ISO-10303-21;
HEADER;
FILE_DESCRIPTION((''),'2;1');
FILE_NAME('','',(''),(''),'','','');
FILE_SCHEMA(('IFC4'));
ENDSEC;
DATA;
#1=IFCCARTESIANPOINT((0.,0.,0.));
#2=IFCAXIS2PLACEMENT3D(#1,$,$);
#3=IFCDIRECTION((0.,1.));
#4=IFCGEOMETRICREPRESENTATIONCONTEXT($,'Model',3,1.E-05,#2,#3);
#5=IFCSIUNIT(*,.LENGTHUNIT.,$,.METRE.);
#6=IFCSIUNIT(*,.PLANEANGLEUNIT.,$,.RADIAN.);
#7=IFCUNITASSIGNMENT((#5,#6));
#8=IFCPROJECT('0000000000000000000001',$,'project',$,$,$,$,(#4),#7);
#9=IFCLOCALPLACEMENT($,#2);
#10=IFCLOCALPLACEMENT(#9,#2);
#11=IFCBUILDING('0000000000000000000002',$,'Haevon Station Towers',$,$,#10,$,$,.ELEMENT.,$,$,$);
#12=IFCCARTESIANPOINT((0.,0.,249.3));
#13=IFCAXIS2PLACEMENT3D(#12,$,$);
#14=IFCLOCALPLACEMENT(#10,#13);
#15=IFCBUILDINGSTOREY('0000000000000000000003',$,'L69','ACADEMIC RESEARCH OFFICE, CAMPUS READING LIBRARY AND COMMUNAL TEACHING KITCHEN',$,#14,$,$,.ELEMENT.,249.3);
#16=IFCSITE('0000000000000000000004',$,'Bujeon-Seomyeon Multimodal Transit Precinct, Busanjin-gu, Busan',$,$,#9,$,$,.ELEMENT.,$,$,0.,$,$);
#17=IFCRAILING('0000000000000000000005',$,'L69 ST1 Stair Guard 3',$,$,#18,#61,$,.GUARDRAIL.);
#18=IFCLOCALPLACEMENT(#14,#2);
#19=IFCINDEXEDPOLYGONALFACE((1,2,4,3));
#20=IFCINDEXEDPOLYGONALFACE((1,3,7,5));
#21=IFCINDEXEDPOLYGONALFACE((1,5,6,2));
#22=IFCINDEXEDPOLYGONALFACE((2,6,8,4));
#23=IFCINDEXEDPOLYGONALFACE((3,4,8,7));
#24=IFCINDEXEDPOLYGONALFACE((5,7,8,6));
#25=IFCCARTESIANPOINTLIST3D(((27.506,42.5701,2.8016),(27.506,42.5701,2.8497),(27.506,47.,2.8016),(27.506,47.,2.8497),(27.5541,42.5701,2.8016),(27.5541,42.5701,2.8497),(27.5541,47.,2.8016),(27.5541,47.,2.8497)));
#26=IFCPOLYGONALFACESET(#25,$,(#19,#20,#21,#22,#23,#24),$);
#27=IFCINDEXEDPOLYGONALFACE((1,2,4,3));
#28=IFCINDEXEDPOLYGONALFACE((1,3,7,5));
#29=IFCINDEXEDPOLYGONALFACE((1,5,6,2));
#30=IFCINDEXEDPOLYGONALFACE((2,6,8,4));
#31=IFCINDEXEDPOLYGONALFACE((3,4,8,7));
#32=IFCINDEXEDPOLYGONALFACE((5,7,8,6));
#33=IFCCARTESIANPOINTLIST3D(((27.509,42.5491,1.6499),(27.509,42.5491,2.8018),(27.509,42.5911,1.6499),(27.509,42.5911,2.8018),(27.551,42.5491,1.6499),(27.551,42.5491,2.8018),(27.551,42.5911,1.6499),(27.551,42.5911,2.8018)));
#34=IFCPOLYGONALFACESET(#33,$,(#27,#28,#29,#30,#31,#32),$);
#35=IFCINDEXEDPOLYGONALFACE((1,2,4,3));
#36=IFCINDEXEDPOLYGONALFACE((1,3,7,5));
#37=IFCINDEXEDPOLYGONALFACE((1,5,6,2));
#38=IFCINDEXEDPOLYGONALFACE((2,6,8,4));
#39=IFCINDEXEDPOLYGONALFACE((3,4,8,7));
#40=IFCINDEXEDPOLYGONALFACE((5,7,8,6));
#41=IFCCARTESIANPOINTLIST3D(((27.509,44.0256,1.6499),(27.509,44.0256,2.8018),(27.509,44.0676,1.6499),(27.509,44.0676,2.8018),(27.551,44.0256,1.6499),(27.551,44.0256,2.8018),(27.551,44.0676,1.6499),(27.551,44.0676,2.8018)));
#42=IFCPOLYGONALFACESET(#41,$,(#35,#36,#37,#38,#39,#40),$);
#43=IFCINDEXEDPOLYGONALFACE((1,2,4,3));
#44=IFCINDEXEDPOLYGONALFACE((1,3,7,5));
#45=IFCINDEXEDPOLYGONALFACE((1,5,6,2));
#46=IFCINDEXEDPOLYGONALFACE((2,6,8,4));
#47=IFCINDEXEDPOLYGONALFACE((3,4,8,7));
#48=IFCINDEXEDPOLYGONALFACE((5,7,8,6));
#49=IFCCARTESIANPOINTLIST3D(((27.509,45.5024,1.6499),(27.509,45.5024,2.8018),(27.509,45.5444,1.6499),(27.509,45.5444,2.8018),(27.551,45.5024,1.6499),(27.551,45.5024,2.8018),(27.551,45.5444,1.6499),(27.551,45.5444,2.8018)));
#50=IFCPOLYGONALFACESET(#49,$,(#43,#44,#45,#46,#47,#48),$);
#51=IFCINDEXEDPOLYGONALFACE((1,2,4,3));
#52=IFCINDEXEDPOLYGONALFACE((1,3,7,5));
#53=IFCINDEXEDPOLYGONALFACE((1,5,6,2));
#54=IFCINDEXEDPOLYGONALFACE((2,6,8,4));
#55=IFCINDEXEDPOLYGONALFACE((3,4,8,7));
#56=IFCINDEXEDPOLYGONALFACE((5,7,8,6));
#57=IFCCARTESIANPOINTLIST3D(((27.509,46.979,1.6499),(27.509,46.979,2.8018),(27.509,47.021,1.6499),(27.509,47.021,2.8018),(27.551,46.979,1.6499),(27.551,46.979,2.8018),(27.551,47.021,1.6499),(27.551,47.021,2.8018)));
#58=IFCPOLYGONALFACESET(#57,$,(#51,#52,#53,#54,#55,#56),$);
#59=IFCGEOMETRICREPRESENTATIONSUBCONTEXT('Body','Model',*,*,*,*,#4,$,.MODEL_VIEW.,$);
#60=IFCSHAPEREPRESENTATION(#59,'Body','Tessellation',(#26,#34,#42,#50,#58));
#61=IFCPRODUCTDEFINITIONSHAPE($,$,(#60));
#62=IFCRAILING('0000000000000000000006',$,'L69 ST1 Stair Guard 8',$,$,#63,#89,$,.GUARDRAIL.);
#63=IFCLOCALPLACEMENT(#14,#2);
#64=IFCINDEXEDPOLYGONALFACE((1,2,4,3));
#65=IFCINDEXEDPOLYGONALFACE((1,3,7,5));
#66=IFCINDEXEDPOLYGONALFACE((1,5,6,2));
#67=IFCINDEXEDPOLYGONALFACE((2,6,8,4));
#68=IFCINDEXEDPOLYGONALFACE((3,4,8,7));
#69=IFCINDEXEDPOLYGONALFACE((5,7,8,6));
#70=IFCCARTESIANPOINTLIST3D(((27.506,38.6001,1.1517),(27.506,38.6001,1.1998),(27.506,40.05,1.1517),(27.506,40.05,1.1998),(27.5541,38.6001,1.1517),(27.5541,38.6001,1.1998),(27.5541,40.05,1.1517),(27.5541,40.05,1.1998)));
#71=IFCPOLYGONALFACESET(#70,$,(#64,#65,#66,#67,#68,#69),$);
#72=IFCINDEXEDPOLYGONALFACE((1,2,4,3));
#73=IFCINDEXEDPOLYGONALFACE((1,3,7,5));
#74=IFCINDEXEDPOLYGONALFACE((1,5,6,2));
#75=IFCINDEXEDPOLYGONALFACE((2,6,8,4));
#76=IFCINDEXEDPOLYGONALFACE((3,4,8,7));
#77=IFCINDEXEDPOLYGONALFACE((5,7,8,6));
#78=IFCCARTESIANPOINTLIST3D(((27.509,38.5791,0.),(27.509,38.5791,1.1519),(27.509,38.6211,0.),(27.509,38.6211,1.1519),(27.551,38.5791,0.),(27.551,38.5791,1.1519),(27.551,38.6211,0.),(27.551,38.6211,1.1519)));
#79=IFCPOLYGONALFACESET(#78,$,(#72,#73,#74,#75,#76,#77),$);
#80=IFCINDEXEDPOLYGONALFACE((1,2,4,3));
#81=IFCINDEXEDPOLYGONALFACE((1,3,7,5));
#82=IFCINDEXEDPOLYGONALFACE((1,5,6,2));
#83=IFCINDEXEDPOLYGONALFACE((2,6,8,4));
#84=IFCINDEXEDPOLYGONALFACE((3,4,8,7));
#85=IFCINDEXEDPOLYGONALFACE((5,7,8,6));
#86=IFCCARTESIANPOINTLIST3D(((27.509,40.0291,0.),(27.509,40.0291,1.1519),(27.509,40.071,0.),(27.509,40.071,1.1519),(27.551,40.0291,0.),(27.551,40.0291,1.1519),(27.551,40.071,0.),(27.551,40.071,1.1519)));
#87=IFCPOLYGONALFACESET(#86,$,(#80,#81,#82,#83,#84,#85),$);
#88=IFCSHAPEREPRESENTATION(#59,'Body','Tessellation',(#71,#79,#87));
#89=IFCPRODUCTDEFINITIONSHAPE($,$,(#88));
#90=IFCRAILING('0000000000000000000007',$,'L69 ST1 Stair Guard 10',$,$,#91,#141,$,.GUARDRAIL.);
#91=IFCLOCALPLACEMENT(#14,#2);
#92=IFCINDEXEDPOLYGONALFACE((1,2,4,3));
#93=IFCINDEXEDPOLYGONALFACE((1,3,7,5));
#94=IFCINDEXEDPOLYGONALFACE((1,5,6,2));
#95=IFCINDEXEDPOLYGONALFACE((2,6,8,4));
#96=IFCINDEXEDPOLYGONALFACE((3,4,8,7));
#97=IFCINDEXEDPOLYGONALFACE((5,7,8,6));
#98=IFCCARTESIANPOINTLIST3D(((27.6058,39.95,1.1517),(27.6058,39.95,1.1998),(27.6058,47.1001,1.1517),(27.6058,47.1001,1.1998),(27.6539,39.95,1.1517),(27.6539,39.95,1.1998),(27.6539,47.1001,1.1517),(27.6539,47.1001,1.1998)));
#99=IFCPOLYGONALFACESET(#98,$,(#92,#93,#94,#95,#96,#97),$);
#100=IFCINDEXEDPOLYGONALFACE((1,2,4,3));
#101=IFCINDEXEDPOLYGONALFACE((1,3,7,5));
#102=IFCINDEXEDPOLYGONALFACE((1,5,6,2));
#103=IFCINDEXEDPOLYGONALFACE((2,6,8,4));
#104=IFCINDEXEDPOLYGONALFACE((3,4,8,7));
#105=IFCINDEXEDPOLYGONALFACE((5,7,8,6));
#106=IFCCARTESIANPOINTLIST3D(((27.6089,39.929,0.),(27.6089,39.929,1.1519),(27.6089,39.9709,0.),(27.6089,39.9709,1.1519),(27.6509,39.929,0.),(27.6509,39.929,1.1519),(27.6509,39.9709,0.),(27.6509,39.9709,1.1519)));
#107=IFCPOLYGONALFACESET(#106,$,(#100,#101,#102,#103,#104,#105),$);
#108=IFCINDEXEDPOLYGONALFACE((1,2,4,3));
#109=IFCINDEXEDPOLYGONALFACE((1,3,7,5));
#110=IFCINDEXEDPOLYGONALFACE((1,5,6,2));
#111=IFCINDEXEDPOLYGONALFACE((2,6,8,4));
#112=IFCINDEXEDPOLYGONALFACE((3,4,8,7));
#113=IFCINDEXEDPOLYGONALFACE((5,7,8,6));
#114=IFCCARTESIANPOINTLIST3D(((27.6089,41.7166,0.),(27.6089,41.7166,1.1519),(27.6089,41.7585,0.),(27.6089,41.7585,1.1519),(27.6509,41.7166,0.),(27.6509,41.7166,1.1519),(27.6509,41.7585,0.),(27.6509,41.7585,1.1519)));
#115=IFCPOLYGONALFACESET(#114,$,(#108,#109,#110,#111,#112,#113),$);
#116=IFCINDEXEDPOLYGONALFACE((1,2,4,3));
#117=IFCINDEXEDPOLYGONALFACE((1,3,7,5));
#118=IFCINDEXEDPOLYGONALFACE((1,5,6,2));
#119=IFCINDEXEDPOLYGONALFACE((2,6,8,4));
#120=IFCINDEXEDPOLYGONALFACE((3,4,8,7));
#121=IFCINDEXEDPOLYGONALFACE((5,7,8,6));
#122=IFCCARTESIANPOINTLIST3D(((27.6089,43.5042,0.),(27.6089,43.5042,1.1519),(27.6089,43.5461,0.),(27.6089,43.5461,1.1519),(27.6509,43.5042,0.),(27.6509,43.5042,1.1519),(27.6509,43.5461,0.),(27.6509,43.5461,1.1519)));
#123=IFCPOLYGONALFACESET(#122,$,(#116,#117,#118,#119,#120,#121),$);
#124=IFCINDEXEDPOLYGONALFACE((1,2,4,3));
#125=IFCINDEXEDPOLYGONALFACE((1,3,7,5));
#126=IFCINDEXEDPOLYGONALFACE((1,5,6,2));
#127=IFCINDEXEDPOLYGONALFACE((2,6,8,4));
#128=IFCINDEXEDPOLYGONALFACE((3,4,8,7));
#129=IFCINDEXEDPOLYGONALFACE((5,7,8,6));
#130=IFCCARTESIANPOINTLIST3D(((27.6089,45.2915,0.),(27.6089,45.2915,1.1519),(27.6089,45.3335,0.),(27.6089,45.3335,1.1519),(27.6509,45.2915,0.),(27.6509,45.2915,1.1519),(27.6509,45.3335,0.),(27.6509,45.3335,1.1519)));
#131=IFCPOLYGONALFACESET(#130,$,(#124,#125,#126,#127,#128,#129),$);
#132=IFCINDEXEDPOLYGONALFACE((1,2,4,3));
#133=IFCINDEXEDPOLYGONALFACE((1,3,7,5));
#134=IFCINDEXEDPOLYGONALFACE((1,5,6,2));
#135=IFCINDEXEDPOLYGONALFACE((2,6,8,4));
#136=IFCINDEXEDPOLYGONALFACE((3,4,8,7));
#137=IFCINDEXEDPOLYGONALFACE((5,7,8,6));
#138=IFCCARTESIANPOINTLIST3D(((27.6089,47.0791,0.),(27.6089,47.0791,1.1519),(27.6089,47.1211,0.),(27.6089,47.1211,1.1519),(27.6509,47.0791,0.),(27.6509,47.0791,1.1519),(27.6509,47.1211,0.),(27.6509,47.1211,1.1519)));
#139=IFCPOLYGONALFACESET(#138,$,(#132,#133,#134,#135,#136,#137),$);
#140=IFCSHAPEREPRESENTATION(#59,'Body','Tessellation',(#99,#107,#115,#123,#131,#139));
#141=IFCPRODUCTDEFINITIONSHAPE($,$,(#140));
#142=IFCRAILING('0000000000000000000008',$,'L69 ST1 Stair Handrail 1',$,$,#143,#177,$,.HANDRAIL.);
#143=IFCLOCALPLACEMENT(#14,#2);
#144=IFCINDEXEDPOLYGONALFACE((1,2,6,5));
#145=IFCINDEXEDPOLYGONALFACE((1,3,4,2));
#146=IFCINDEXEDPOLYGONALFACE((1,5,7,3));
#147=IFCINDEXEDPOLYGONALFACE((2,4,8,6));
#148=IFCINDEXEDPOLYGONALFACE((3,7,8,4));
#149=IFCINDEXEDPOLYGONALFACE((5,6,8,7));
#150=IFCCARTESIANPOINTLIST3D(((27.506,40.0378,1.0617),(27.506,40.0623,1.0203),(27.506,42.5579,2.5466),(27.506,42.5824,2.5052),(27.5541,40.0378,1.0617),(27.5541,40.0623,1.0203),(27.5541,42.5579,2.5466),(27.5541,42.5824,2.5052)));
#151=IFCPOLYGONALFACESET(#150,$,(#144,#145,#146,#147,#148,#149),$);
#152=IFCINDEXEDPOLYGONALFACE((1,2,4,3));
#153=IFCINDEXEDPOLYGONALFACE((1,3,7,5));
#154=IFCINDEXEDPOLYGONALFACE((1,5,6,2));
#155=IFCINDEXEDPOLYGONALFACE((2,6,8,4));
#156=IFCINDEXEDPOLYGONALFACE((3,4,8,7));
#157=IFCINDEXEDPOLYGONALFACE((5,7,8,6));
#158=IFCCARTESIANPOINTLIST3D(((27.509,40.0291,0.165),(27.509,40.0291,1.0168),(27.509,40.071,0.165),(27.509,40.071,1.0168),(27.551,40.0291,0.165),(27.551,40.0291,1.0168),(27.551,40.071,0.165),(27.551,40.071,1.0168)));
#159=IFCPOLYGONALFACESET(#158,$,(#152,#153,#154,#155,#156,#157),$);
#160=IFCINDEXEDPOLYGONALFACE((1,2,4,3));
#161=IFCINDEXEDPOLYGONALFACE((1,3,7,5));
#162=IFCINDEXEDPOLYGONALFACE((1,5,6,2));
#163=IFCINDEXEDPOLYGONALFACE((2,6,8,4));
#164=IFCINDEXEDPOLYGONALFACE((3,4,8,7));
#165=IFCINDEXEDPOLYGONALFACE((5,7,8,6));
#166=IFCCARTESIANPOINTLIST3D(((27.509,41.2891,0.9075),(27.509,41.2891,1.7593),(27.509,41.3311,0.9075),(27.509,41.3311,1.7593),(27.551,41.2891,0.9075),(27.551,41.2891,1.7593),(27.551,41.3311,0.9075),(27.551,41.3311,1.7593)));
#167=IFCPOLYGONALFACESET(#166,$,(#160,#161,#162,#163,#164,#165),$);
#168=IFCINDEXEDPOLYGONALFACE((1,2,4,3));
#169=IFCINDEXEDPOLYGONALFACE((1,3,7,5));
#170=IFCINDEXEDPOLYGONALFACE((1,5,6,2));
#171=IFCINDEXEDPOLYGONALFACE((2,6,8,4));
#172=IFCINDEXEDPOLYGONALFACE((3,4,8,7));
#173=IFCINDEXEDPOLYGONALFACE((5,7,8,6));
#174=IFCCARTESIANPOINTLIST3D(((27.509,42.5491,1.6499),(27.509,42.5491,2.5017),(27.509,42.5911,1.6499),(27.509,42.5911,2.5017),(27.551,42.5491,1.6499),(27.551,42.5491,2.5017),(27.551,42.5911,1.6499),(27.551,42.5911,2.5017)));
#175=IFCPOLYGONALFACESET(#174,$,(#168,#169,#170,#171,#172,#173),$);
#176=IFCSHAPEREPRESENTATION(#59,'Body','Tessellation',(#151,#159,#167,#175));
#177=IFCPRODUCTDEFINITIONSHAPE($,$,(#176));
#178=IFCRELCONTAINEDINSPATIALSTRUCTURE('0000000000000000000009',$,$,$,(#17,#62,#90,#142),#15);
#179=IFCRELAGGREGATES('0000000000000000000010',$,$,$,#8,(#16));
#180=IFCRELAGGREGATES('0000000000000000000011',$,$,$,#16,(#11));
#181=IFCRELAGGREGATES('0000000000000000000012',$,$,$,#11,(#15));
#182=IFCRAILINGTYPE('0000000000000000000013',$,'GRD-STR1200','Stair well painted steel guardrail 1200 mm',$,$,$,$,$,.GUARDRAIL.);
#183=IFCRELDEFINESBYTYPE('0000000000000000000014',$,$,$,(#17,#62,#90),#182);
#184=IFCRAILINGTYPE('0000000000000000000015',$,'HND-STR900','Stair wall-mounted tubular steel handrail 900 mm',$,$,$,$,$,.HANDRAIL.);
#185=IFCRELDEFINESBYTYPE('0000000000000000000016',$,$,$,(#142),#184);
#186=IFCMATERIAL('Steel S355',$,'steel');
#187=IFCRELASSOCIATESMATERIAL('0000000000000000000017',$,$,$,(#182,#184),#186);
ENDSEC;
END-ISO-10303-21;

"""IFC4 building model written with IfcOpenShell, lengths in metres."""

from ifc_helpers import new_model, si_unit, direction, frame, origin, origin_2d, place, context, subcontext, project, spatial, rectangle, extrude, material, type_object, element, save


model = new_model("IFC4")

# Units and contexts
model_context = context("Model", 3, precision=1e-05, world=origin(), true_north=direction((0.0, 1.0)))
body_context = subcontext(model_context, "Body", "Model", "MODEL_VIEW")
ifc_project = project(units=[si_unit("LENGTHUNIT", "METRE"), si_unit("PLANEANGLEUNIT", "RADIAN")], contexts=[model_context])

# Site, building, storey
site_placement = place(None, origin())
site = spatial("IfcSite", under=ifc_project, at=site_placement, Name="Bujeon-Seomyeon Multimodal Transit Precinct, Busanjin-gu, Busan", CompositionType="ELEMENT", RefElevation=0.0)
building_placement = place(site_placement, origin())
building = spatial("IfcBuilding", under=site, at=building_placement, Name="Haevon Station Towers", CompositionType="ELEMENT")
storey_placement = place(building_placement, frame((0.0, 0.0, 249.3)))
storey = spatial("IfcBuildingStorey", under=building, at=storey_placement, Name="L69", Description="ACADEMIC RESEARCH OFFICE, CAMPUS READING LIBRARY AND COMMUNAL TEACHING KITCHEN", CompositionType="ELEMENT", Elevation=249.3)

# Shared definitions
ifc_material_1 = material(Name="Steel S355", Category="steel")

# Railings
railing_type_1 = type_object("IfcRailingType", Name="GRD-STR1200", Description="Stair well painted steel guardrail 1200 mm", PredefinedType="GUARDRAIL", material=ifc_material_1)
railing_1_placement = place(storey_placement, frame((27.53, 42.5701, 1.6499)))
element("IfcRailing", 1, at=railing_1_placement, inside=storey, type_object=railing_type_1, Name="L69 ST1 Stair Guard 3", PredefinedType="GUARDRAIL", context=body_context, shape_type="SweptSolid", body=[
    extrude(rectangle(XDim=0.0481, YDim=0.0481, at=origin_2d()), frame((0.0, 0.0, 1.1758), z_axis=(0.0, 1.0, 0.0), x_axis=(-1.0, 0.0, 0.0)), (0.0, 0.0, 1.0), 4.4299),
    extrude(rectangle(XDim=0.042, YDim=0.042, at=origin_2d()), origin(), (0.0, 0.0, 1.0), 1.1519),
    extrude(rectangle(XDim=0.042, YDim=0.042, at=origin_2d()), frame((0.0, 1.4766, 0.0)), (0.0, 0.0, 1.0), 1.1519),
    extrude(rectangle(XDim=0.042, YDim=0.042, at=origin_2d()), frame((0.0, 2.9534, 0.0)), (0.0, 0.0, 1.0), 1.1519),
    extrude(rectangle(XDim=0.042, YDim=0.042, at=origin_2d()), frame((0.0, 4.4299, 0.0)), (0.0, 0.0, 1.0), 1.1519),
])
railing_2_placement = place(storey_placement, frame((27.53, 38.6001, 0.0)))
element("IfcRailing", 2, at=railing_2_placement, inside=storey, type_object=railing_type_1, Name="L69 ST1 Stair Guard 8", PredefinedType="GUARDRAIL", context=body_context, shape_type="SweptSolid", body=[
    extrude(rectangle(XDim=0.0481, YDim=0.0481, at=origin_2d()), frame((0.0, 0.0, 1.1758), z_axis=(0.0, 1.0, 0.0), x_axis=(-1.0, 0.0, 0.0)), (0.0, 0.0, 1.0), 1.45),
    extrude(rectangle(XDim=0.042, YDim=0.042, at=origin_2d()), origin(), (0.0, 0.0, 1.0), 1.1519),
    extrude(rectangle(XDim=0.042, YDim=0.042, at=origin_2d()), frame((0.0, 1.45, 0.0)), (0.0, 0.0, 1.0), 1.1519),
])
railing_3_placement = place(storey_placement, frame((27.6299, 39.95, 0.0)))
element("IfcRailing", 3, at=railing_3_placement, inside=storey, type_object=railing_type_1, Name="L69 ST1 Stair Guard 10", PredefinedType="GUARDRAIL", context=body_context, shape_type="SweptSolid", body=[
    extrude(rectangle(XDim=0.0481, YDim=0.0481, at=origin_2d()), frame((0.0, 0.0, 1.1758), z_axis=(0.0, 1.0, 0.0), x_axis=(-1.0, 0.0, 0.0)), (0.0, 0.0, 1.0), 7.1501),
    extrude(rectangle(XDim=0.042, YDim=0.042, at=origin_2d()), origin(), (0.0, 0.0, 1.0), 1.1519),
    extrude(rectangle(XDim=0.042, YDim=0.042, at=origin_2d()), frame((0.0, 1.7876, 0.0)), (0.0, 0.0, 1.0), 1.1519),
    extrude(rectangle(XDim=0.042, YDim=0.042, at=origin_2d()), frame((0.0, 3.5752, 0.0)), (0.0, 0.0, 1.0), 1.1519),
    extrude(rectangle(XDim=0.042, YDim=0.042, at=origin_2d()), frame((0.0, 5.3625, 0.0)), (0.0, 0.0, 1.0), 1.1519),
    extrude(rectangle(XDim=0.042, YDim=0.042, at=origin_2d()), frame((0.0, 7.1501, 0.0)), (0.0, 0.0, 1.0), 1.1519),
])
railing_type_2 = type_object("IfcRailingType", Name="HND-STR900", Description="Stair wall-mounted tubular steel handrail 900 mm", PredefinedType="HANDRAIL", material=ifc_material_1)
railing_4_placement = place(storey_placement, frame((27.53, 40.05, 0.165)))
element("IfcRailing", 4, at=railing_4_placement, inside=storey, type_object=railing_type_2, Name="L69 ST1 Stair Handrail 1", PredefinedType="HANDRAIL", context=body_context, shape_type="SweptSolid", body=[
    extrude(rectangle(XDim=0.0481, YDim=0.0481, at=origin_2d()), frame((0.0, 0.0, 0.876), z_axis=(0.0, 0.861561, 0.507655), x_axis=(-1.0, 0.0, 0.0)), (0.0, 0.0, 1.0), 2.925),
    extrude(rectangle(XDim=0.042, YDim=0.042, at=origin_2d()), origin(), (0.0, 0.0, 1.0), 0.8518),
    extrude(rectangle(XDim=0.042, YDim=0.042, at=origin_2d()), frame((0.0, 1.26, 0.7424)), (0.0, 0.0, 1.0), 0.8518),
    extrude(rectangle(XDim=0.042, YDim=0.042, at=origin_2d()), frame((0.0, 2.52, 1.4849)), (0.0, 0.0, 1.0), 0.8518),
])

save(model, "model.ifc")
